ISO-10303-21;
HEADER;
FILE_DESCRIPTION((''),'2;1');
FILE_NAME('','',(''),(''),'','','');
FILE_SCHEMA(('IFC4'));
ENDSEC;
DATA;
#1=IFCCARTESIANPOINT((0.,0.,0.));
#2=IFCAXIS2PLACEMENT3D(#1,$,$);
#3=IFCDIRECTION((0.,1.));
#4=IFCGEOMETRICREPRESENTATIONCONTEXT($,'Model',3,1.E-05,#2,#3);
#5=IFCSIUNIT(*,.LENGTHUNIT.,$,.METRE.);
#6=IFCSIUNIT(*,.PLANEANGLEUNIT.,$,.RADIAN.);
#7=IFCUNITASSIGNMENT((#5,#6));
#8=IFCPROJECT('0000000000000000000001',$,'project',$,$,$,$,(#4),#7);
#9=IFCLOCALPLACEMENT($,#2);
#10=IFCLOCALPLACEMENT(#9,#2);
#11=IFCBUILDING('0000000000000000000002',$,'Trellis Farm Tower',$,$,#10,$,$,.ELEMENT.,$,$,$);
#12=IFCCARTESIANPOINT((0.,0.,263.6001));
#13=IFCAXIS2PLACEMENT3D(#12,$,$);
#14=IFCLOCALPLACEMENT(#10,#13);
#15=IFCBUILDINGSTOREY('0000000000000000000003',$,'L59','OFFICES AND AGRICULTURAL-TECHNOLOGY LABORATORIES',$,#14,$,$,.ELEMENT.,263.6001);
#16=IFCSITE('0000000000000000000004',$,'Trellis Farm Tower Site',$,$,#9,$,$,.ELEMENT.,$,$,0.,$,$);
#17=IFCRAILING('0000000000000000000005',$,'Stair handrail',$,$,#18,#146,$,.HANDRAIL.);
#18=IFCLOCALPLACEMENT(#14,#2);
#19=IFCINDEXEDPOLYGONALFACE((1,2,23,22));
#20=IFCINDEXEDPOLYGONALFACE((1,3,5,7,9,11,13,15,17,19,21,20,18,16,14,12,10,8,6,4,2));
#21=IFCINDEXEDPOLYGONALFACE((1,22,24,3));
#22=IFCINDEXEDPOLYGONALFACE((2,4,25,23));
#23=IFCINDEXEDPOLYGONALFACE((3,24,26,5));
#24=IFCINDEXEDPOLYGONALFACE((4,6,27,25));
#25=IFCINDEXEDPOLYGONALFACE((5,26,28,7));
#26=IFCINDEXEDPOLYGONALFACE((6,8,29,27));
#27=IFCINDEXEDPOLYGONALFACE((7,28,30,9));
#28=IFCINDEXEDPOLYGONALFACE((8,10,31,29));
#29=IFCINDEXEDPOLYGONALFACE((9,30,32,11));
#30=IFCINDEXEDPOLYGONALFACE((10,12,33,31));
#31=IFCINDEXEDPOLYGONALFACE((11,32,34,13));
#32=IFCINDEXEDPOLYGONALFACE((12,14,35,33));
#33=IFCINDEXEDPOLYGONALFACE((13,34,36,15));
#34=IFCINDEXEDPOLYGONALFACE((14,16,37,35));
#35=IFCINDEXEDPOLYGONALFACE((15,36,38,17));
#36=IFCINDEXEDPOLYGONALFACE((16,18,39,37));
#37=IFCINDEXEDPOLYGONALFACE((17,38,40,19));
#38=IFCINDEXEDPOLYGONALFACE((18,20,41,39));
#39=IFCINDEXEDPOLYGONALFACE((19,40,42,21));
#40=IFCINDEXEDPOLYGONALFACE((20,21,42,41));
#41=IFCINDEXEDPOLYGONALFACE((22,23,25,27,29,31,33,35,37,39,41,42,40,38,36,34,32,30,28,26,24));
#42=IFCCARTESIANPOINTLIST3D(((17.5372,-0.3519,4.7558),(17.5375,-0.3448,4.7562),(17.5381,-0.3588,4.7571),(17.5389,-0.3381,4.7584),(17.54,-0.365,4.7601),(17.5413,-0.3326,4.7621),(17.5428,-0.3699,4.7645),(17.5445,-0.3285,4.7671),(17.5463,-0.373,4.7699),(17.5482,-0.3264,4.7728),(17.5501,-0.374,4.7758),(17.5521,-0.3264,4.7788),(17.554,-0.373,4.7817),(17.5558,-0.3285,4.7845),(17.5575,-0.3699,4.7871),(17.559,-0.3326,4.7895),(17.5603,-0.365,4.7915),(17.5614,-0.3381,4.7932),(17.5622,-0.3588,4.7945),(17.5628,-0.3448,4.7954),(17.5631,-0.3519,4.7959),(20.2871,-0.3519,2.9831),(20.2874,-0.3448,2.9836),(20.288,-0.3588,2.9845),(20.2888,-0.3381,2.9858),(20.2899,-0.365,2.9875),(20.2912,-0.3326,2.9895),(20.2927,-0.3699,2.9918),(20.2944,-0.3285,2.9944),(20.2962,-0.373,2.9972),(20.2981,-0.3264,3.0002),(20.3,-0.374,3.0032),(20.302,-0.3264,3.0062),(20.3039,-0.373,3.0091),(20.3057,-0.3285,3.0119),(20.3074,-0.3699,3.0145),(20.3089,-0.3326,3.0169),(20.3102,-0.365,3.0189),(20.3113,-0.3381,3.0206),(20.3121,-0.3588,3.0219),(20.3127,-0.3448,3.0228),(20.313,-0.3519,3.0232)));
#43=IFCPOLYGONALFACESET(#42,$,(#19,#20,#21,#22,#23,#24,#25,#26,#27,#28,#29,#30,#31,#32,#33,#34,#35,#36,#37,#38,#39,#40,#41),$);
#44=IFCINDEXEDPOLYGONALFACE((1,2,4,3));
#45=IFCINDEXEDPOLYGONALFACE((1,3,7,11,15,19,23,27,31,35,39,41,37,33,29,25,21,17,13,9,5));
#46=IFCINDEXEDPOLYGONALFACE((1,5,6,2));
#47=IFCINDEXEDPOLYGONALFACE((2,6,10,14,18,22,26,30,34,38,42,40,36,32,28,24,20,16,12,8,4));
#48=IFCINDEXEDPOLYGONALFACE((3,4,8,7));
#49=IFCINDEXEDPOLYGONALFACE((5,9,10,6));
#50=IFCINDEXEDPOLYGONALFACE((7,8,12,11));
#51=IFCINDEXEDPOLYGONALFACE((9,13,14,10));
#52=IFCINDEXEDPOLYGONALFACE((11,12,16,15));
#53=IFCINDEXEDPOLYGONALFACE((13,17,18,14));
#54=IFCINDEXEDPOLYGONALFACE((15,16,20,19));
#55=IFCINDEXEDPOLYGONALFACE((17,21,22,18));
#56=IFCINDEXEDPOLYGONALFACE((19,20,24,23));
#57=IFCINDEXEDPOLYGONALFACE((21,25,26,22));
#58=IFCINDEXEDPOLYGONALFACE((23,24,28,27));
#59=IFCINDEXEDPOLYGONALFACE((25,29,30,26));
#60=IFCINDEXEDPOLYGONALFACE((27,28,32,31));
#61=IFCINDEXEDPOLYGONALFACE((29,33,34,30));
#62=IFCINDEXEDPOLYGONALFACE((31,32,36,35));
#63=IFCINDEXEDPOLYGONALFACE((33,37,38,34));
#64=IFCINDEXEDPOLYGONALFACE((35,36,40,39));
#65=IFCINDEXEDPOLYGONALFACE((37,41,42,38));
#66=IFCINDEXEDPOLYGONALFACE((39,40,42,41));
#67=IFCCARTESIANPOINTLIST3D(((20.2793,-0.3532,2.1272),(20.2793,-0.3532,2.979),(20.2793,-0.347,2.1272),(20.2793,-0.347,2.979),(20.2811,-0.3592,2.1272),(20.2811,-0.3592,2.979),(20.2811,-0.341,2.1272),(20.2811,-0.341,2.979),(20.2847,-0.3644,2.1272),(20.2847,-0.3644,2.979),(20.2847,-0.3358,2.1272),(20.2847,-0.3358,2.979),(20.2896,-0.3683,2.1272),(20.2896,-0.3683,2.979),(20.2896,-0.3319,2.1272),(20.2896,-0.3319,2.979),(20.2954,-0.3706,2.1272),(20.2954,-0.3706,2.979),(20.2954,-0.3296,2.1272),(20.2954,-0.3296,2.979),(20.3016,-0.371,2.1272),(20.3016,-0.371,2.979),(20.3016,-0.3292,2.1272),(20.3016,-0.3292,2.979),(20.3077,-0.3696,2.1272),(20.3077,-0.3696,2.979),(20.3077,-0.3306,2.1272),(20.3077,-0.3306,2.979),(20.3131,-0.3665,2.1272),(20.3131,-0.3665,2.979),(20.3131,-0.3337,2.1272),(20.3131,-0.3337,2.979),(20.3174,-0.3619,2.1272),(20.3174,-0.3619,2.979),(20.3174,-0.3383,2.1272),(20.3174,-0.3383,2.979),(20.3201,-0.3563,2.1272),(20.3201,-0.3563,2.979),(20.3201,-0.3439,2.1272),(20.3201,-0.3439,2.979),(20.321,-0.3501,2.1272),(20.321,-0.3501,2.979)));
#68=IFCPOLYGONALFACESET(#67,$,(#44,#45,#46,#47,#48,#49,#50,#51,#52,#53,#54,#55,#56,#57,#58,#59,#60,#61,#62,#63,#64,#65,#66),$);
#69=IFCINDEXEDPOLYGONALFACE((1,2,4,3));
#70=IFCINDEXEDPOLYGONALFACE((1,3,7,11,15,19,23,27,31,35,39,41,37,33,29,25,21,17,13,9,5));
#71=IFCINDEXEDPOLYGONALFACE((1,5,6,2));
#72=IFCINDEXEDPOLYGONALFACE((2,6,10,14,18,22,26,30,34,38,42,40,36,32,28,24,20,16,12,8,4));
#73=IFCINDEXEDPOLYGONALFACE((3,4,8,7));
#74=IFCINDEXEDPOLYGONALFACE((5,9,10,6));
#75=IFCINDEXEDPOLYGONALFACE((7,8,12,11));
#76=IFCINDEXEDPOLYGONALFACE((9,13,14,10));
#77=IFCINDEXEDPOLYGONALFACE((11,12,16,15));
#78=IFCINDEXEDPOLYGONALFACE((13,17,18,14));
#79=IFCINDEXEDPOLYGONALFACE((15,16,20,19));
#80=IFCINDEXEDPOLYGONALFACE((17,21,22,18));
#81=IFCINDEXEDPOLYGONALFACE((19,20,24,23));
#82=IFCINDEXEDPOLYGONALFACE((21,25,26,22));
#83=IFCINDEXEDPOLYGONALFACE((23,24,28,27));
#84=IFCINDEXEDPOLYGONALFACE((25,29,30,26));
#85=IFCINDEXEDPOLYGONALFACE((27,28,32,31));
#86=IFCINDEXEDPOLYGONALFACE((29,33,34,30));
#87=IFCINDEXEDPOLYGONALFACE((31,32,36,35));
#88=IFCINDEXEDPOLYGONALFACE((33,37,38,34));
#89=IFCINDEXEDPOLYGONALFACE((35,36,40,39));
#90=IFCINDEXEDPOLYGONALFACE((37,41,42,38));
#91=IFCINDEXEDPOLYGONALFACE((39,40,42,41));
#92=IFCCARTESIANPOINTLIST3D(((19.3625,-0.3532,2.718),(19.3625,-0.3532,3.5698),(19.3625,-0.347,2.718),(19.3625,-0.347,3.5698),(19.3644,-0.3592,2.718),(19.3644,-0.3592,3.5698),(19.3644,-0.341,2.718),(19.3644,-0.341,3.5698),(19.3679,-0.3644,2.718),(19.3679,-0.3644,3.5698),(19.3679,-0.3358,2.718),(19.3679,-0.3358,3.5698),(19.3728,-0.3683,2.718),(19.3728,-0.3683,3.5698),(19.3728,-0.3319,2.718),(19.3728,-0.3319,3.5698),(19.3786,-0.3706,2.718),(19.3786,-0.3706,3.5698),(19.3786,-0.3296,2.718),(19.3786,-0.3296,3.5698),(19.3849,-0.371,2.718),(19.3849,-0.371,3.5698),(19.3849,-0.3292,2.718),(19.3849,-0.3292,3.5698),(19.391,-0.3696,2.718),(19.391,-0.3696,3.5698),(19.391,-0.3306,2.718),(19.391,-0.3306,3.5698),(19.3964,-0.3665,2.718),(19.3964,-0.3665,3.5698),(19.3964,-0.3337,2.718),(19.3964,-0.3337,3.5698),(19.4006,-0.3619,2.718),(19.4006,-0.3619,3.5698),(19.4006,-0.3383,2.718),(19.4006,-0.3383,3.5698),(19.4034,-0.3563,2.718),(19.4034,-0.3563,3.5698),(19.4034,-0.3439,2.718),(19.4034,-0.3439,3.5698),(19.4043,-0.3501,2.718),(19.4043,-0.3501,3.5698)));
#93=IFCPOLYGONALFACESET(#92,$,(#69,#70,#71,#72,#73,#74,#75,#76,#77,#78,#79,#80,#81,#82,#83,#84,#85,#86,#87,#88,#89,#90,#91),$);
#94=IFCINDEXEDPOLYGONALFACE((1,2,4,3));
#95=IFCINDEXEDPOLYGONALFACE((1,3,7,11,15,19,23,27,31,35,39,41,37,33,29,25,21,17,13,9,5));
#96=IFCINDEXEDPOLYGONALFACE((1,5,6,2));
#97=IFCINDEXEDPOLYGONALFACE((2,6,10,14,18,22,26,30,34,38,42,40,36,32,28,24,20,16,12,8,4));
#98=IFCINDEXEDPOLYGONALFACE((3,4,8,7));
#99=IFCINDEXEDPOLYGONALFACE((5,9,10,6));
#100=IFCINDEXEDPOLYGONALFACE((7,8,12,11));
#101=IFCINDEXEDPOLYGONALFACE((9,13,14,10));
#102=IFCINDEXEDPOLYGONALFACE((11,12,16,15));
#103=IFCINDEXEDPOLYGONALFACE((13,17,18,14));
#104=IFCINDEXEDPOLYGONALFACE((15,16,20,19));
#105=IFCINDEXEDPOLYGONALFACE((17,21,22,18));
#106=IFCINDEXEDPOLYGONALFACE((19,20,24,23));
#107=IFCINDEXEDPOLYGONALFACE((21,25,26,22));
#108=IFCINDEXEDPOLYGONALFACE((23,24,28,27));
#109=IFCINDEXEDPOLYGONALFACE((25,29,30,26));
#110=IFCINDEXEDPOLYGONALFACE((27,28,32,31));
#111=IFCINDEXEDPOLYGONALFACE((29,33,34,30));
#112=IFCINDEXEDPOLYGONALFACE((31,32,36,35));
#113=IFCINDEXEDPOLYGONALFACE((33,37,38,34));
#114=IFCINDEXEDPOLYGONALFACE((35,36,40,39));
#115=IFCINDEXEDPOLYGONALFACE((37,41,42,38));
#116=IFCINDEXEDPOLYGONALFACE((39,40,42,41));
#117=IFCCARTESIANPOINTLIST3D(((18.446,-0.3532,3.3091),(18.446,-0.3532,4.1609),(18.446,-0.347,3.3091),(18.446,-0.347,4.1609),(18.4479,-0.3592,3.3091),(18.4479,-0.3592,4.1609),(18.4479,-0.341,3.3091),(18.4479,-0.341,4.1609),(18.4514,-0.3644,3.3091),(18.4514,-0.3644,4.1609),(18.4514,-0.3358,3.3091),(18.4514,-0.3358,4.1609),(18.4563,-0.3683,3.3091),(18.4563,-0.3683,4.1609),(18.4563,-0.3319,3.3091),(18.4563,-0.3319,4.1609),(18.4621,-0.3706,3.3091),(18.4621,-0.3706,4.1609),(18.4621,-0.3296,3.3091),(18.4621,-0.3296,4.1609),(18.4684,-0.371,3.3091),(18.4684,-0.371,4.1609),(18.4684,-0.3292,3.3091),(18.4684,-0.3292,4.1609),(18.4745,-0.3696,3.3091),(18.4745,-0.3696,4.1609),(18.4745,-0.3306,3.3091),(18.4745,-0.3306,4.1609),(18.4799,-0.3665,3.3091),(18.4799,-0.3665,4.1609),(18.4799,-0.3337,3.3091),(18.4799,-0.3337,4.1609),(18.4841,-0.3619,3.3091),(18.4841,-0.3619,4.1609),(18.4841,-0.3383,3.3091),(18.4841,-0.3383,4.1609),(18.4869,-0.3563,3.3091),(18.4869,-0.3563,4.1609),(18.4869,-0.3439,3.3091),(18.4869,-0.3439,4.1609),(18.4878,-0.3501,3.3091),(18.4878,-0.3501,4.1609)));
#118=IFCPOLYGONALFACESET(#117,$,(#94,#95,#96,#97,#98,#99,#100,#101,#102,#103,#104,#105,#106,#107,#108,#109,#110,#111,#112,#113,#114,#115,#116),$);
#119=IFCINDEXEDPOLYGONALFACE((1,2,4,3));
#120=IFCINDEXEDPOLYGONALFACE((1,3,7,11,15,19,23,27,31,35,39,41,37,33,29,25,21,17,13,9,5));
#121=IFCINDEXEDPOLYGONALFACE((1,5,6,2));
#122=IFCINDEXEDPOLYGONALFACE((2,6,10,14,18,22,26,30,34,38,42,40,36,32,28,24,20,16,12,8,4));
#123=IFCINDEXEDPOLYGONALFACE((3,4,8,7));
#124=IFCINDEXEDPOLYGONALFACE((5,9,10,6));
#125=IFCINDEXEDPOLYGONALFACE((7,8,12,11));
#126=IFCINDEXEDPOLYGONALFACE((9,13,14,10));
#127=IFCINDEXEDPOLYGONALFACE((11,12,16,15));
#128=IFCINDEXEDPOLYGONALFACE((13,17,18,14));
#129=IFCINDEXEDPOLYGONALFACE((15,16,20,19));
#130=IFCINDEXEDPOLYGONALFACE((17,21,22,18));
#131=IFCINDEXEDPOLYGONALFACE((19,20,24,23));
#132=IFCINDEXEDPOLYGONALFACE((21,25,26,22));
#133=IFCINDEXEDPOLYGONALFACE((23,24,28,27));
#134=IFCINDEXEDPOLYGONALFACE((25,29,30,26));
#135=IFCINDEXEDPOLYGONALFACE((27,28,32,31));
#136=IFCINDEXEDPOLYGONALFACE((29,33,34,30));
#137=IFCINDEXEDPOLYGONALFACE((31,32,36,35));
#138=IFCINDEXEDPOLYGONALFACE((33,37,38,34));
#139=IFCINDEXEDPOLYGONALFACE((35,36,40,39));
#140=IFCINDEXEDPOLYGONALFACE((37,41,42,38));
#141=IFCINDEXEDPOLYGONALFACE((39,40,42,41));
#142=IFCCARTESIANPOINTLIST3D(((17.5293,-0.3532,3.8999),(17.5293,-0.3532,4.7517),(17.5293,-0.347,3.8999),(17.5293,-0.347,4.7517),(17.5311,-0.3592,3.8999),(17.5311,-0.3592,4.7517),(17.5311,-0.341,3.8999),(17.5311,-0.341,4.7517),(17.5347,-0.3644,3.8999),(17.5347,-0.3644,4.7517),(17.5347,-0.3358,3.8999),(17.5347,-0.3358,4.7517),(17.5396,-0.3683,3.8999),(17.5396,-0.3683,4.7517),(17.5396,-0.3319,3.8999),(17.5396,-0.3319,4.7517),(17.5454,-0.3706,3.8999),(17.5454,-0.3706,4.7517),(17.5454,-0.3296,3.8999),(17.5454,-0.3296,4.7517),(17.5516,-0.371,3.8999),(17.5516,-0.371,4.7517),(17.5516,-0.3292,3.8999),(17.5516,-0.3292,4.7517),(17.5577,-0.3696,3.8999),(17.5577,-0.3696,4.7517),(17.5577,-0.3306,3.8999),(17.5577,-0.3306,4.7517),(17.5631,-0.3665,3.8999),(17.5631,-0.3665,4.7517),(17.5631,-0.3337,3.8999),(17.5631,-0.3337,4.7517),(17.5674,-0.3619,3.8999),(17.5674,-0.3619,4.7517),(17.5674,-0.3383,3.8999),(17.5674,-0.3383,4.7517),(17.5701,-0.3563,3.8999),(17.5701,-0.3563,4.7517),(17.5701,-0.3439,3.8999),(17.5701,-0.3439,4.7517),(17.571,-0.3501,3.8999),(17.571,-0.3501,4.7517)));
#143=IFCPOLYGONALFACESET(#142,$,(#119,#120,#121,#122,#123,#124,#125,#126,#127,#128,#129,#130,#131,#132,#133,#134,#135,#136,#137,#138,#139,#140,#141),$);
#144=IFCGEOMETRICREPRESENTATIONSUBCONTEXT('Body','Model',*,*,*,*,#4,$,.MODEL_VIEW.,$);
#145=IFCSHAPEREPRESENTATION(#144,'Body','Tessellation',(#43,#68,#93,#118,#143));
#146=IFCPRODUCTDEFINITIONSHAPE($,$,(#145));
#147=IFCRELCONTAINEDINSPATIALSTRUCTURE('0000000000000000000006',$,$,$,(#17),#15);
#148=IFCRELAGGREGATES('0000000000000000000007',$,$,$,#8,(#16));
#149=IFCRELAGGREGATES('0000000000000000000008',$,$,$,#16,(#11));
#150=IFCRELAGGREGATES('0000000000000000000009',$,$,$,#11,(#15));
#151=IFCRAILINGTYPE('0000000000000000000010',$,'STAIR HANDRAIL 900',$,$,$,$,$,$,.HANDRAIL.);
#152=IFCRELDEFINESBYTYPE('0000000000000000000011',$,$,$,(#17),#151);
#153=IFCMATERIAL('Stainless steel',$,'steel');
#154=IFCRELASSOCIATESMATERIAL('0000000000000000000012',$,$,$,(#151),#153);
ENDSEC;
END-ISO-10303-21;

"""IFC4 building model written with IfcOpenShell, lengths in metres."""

from ifc_helpers import new_model, si_unit, direction, frame, origin, origin_2d, place, context, subcontext, project, spatial, circle, extrude, source, transform, mapped, material, type_object, element, save


model = new_model("IFC4")

# Units and contexts
model_context = context("Model", 3, precision=1e-05, world=origin(), true_north=direction((0.0, 1.0)))
body_context = subcontext(model_context, "Body", "Model", "MODEL_VIEW")
ifc_project = project(units=[si_unit("LENGTHUNIT", "METRE"), si_unit("PLANEANGLEUNIT", "RADIAN")], contexts=[model_context])

# Site, building, storey
site_placement = place(None, origin())
site = spatial("IfcSite", under=ifc_project, at=site_placement, Name="Trellis Farm Tower Site", CompositionType="ELEMENT", RefElevation=0.0)
building_placement = place(site_placement, origin())
building = spatial("IfcBuilding", under=site, at=building_placement, Name="Trellis Farm Tower", CompositionType="ELEMENT")
storey_placement = place(building_placement, frame((0.0, 0.0, 263.6001)))
storey = spatial("IfcBuildingStorey", under=building, at=storey_placement, Name="L59", Description="OFFICES AND AGRICULTURAL-TECHNOLOGY LABORATORIES", CompositionType="ELEMENT", Elevation=263.6001)

# Railing
ifc_material_1 = material(Name="Stainless steel", Category="steel")
railing_type = type_object("IfcRailingType", Name="STAIR HANDRAIL 900", PredefinedType="HANDRAIL", material=ifc_material_1)
shared_shape_1 = source(origin(), body_context, "Body", "SweptSolid", [
    extrude(circle(Radius=0.0239, at=origin_2d()), frame((0.0, 0.0, 0.876), z_axis=(-0.840504, 0.0, 0.541806), x_axis=(0.0, -1.0, 0.0)), (0.0, 0.0, 1.0), 3.2717),
    extrude(circle(Radius=0.021, at=origin_2d()), origin(), (0.0, 0.0, 1.0), 0.8518),
    extrude(circle(Radius=0.021, at=origin_2d()), frame((-0.9167, 0.0, 0.5908)), (0.0, 0.0, 1.0), 0.8518),
    extrude(circle(Radius=0.021, at=origin_2d()), frame((-1.8333, 0.0, 1.1819)), (0.0, 0.0, 1.0), 0.8518),
    extrude(circle(Radius=0.021, at=origin_2d()), frame((-2.75, 0.0, 1.7727)), (0.0, 0.0, 1.0), 0.8518),
])
for number, where, name in (
    (1, (20.3, -0.3501, 2.1272), "Stair handrail"),
):
    element("IfcRailing", number, at=place(storey_placement, frame(where)), inside=storey, type_object=railing_type, Name=name, PredefinedType="HANDRAIL", context=body_context, shape_type="MappedRepresentation", body=[
        mapped(shared_shape_1, transform((0.0, 0.0, 0.0))),
    ])

save(model, "model.ifc")
